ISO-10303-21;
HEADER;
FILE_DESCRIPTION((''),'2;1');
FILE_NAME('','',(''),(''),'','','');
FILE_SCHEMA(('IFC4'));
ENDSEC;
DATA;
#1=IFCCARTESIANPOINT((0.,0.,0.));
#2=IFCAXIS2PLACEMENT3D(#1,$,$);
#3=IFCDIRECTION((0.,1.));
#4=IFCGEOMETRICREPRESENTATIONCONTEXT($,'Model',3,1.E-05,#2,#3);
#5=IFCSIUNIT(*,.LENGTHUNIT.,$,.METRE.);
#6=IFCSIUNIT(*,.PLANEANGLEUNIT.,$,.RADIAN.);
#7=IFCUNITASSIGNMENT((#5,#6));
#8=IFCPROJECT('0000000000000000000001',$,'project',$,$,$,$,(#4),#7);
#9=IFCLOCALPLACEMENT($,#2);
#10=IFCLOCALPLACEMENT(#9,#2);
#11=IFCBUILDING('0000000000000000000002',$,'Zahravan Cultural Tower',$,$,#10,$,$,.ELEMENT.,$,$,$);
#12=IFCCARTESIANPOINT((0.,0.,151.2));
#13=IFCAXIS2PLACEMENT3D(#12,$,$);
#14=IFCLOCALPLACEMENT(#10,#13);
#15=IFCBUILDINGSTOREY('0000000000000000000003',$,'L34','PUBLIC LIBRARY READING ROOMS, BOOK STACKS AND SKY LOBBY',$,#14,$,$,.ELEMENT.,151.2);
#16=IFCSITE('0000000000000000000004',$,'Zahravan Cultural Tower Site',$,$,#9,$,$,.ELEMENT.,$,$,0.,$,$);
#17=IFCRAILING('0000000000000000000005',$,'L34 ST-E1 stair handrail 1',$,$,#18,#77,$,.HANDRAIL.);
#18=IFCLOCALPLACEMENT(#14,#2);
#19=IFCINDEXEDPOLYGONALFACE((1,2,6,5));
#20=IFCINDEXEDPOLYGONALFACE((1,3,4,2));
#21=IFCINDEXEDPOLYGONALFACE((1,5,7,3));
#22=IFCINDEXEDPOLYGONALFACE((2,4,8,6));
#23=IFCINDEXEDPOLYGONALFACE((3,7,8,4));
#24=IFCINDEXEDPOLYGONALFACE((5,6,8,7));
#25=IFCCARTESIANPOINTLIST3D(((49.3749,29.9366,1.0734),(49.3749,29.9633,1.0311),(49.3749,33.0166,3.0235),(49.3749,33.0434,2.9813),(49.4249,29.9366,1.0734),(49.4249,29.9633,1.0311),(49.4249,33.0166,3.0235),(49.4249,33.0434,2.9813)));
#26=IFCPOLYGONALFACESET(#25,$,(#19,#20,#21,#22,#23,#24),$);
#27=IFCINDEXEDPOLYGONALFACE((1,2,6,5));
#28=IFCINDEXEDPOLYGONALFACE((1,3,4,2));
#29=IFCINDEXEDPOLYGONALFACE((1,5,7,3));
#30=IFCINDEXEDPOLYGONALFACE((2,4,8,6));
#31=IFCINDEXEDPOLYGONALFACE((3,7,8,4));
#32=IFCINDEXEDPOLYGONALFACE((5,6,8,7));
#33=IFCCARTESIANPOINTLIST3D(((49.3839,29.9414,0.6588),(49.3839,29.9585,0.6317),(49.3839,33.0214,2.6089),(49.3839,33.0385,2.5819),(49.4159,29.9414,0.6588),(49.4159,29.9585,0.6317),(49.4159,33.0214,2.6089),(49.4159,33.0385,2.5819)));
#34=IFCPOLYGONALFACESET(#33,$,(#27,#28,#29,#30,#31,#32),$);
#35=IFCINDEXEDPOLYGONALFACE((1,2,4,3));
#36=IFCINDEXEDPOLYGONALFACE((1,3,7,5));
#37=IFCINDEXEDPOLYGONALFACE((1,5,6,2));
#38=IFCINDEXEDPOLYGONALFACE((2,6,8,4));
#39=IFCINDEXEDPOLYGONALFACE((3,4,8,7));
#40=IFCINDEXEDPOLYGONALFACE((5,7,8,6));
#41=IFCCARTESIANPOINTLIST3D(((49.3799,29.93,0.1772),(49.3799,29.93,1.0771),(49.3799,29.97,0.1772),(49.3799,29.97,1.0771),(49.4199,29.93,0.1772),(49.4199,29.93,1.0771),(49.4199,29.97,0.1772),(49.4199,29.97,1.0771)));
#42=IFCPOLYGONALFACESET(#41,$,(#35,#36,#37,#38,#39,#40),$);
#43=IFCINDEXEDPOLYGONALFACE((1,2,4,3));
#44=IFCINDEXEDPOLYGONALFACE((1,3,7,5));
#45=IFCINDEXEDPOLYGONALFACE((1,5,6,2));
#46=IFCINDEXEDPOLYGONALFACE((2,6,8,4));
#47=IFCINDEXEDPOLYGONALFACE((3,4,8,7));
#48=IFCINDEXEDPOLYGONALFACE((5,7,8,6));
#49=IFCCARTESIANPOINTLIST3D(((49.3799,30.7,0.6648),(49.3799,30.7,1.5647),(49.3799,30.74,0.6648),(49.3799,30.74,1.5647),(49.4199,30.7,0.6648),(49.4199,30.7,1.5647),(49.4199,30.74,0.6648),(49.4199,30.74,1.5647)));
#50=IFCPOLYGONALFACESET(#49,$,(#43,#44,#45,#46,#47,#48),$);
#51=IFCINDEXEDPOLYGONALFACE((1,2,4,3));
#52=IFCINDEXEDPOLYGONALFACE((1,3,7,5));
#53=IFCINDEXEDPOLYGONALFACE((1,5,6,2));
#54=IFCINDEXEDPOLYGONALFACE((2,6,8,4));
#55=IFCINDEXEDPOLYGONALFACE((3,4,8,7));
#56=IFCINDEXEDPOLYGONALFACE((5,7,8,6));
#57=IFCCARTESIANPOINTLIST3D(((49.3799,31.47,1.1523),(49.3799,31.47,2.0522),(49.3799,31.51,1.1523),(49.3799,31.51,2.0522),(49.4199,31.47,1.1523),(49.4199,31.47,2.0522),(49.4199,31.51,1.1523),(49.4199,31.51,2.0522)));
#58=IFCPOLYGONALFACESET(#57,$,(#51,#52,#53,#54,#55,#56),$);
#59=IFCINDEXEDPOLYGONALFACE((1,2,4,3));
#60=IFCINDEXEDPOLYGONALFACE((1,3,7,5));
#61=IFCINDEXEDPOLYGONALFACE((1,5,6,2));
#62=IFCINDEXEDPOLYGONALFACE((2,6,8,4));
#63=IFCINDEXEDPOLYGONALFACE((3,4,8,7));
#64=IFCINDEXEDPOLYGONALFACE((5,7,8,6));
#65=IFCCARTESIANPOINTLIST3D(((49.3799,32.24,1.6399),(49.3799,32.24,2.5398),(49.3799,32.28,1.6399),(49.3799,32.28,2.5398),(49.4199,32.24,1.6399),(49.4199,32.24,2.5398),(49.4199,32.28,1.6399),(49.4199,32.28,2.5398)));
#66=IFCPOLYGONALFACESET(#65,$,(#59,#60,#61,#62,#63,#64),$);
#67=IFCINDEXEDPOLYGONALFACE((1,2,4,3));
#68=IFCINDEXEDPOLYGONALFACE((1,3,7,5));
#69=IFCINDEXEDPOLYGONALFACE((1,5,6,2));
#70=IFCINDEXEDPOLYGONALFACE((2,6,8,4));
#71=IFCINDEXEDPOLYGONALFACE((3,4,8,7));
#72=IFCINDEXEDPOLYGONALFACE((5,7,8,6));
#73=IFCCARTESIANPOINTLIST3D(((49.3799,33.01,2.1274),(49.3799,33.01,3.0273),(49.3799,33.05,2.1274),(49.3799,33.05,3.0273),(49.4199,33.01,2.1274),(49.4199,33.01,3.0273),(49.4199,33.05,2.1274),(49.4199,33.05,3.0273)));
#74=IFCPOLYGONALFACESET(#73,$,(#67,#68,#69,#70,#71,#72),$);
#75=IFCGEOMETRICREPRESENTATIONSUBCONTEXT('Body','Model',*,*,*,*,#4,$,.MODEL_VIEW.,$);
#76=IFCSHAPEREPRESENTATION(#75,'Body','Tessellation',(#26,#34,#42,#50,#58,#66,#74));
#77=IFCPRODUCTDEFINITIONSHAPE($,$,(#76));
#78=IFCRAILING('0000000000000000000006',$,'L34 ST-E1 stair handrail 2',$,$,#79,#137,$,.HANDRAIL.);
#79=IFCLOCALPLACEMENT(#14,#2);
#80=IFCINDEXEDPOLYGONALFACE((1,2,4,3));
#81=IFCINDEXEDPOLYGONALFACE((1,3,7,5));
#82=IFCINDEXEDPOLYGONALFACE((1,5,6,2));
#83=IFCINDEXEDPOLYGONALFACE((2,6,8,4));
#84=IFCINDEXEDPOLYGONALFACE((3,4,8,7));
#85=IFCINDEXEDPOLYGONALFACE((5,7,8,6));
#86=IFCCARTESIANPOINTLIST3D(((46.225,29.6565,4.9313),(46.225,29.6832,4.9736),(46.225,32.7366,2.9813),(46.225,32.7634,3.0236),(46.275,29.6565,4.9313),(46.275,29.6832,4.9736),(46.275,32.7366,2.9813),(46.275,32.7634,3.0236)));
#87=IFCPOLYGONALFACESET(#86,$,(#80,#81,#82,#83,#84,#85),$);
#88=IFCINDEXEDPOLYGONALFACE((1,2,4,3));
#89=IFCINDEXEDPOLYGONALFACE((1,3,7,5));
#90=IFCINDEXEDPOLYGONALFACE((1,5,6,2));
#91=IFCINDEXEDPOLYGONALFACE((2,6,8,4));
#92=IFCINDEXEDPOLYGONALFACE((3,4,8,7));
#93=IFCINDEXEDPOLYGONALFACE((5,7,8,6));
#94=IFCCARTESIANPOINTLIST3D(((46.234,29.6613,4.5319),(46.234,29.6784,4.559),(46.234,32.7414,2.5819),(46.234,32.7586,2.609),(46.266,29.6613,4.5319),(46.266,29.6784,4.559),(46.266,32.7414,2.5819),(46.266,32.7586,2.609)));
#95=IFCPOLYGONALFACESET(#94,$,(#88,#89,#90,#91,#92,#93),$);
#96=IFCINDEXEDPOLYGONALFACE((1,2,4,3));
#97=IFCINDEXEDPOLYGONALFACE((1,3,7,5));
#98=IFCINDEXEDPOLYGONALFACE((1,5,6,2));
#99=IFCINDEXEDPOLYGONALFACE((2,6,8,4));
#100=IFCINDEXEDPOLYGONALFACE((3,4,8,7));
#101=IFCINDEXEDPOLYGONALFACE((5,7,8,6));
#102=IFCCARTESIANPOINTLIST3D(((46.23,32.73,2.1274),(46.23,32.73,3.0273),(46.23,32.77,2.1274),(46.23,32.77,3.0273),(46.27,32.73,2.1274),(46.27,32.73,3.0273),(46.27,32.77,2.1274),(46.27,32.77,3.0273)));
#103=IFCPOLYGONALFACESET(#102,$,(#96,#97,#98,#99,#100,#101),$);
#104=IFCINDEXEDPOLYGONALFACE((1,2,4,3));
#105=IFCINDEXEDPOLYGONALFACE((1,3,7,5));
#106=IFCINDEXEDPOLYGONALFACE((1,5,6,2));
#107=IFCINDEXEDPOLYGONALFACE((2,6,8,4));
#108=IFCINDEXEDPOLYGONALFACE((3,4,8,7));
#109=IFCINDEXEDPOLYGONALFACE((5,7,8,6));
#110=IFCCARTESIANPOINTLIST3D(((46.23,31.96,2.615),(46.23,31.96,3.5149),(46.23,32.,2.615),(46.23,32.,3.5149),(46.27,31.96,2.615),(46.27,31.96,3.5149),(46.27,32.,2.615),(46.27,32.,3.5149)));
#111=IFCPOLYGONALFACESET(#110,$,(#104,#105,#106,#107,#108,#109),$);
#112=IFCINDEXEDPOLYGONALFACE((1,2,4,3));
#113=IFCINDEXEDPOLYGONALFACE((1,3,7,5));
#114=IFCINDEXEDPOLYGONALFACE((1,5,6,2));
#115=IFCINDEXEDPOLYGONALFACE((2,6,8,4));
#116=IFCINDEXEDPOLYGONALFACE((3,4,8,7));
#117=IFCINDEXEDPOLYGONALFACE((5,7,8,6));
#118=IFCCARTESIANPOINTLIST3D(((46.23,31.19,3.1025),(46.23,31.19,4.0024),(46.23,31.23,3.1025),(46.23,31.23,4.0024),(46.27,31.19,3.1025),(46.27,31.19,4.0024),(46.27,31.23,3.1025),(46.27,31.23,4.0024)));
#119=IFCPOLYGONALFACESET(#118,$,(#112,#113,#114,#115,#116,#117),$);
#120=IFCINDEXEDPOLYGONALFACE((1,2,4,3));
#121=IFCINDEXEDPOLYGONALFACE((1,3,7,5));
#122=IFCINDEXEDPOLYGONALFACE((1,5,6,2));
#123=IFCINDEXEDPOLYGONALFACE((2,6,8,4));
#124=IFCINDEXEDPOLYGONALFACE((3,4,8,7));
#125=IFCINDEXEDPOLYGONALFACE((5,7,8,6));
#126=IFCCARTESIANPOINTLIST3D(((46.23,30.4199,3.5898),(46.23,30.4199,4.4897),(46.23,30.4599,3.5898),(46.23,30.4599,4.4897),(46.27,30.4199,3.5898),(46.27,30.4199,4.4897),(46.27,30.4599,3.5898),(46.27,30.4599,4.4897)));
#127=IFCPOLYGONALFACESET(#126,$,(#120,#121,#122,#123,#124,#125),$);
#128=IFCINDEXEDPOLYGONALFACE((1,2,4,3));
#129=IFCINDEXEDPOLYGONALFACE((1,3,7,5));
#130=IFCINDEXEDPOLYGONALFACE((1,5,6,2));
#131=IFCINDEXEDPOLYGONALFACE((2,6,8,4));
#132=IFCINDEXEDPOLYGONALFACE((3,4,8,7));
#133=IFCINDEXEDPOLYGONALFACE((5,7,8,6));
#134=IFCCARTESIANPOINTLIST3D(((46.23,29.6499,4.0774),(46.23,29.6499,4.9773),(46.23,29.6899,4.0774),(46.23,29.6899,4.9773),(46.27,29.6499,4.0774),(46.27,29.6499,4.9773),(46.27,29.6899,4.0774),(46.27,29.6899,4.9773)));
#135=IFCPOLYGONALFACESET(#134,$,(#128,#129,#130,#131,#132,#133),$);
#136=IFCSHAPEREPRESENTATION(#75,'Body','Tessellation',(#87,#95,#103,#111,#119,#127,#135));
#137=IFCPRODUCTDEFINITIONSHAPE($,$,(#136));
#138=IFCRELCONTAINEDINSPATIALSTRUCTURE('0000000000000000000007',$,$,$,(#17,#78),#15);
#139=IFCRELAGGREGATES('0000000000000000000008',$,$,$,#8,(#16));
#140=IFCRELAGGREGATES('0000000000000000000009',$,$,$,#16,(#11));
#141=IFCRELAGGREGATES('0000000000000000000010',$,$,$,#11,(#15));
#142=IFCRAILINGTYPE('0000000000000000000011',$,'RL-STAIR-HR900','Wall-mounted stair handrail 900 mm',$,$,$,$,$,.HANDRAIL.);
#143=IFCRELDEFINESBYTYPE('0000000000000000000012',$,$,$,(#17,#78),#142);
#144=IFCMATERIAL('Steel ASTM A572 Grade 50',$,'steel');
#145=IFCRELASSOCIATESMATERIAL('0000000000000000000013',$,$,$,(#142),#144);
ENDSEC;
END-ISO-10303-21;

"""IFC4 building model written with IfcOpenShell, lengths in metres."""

from ifc_helpers import new_model, si_unit, direction, frame, origin, origin_2d, place, context, subcontext, project, spatial, rectangle, extrude, material, type_object, element, save


model = new_model("IFC4")

# Units and contexts
model_context = context("Model", 3, precision=1e-05, world=origin(), true_north=direction((0.0, 1.0)))
body_context = subcontext(model_context, "Body", "Model", "MODEL_VIEW")
ifc_project = project(units=[si_unit("LENGTHUNIT", "METRE"), si_unit("PLANEANGLEUNIT", "RADIAN")], contexts=[model_context])

# Site, building, storey
site_placement = place(None, origin())
site = spatial("IfcSite", under=ifc_project, at=site_placement, Name="Zahravan Cultural Tower Site", CompositionType="ELEMENT", RefElevation=0.0)
building_placement = place(site_placement, origin())
building = spatial("IfcBuilding", under=site, at=building_placement, Name="Zahravan Cultural Tower", CompositionType="ELEMENT")
storey_placement = place(building_placement, frame((0.0, 0.0, 151.2)))
storey = spatial("IfcBuildingStorey", under=building, at=storey_placement, Name="L34", Description="PUBLIC LIBRARY READING ROOMS, BOOK STACKS AND SKY LOBBY", CompositionType="ELEMENT", Elevation=151.2)

# Shared definitions
ifc_material_1 = material(Name="Steel ASTM A572 Grade 50", Category="steel")

# Railings
railing_type_1 = type_object("IfcRailingType", Name="RL-STAIR-HR900", Description="Wall-mounted stair handrail 900 mm", PredefinedType="HANDRAIL", material=ifc_material_1)
railing_1_placement = place(storey_placement, frame((49.3999, 29.95, 0.1772)))
element("IfcRailing", 1, at=railing_1_placement, inside=storey, type_object=railing_type_1, Name="L34 ST-E1 stair handrail 1", PredefinedType="HANDRAIL", context=body_context, shape_type="SweptSolid", body=[
    extrude(rectangle(XDim=0.05, YDim=0.05, at=origin_2d()), frame((0.0, 0.0, 0.875), z_axis=(0.0, 0.844884, 0.53495), x_axis=(-1.0, 0.0, 0.0)), (0.0, 0.0, 1.0), 3.6455),
    extrude(rectangle(XDim=0.032, YDim=0.032, at=origin_2d()), frame((0.0, 0.0, 0.468), z_axis=(0.0, 0.844884, 0.53495), x_axis=(-1.0, 0.0, 0.0)), (0.0, 0.0, 1.0), 3.6455),
    extrude(rectangle(XDim=0.04, YDim=0.04, at=origin_2d()), origin(), (0.0, 0.0, 1.0), 0.8999),
    extrude(rectangle(XDim=0.04, YDim=0.04, at=origin_2d()), frame((0.0, 0.77, 0.4875)), (0.0, 0.0, 1.0), 0.8999),
    extrude(rectangle(XDim=0.04, YDim=0.04, at=origin_2d()), frame((0.0, 1.54, 0.9751)), (0.0, 0.0, 1.0), 0.8999),
    extrude(rectangle(XDim=0.04, YDim=0.04, at=origin_2d()), frame((0.0, 2.3101, 1.4626)), (0.0, 0.0, 1.0), 0.8999),
    extrude(rectangle(XDim=0.04, YDim=0.04, at=origin_2d()), frame((0.0, 3.0801, 1.9502)), (0.0, 0.0, 1.0), 0.8999),
])
railing_2_placement = place(storey_placement, frame((46.25, 32.75, 2.1274)))
element("IfcRailing", 2, at=railing_2_placement, inside=storey, type_object=railing_type_1, Name="L34 ST-E1 stair handrail 2", PredefinedType="HANDRAIL", context=body_context, shape_type="SweptSolid", body=[
    extrude(rectangle(XDim=0.05, YDim=0.05, at=origin_2d()), frame((0.0, 0.0, 0.875), z_axis=(0.0, -0.844914, 0.534902), x_axis=(1.0, 0.0, 0.0)), (0.0, 0.0, 1.0), 3.6455),
    extrude(rectangle(XDim=0.032, YDim=0.032, at=origin_2d()), frame((0.0, 0.0, 0.468), z_axis=(0.0, -0.844914, 0.534902), x_axis=(1.0, 0.0, 0.0)), (0.0, 0.0, 1.0), 3.6455),
    extrude(rectangle(XDim=0.04, YDim=0.04, at=origin_2d()), origin(), (0.0, 0.0, 1.0), 0.8999),
    extrude(rectangle(XDim=0.04, YDim=0.04, at=origin_2d()), frame((0.0, -0.77, 0.4875)), (0.0, 0.0, 1.0), 0.8999),
    extrude(rectangle(XDim=0.04, YDim=0.04, at=origin_2d()), frame((0.0, -1.54, 0.9751)), (0.0, 0.0, 1.0), 0.8999),
    extrude(rectangle(XDim=0.04, YDim=0.04, at=origin_2d()), frame((0.0, -2.3101, 1.4624)), (0.0, 0.0, 1.0), 0.8999),
    extrude(rectangle(XDim=0.04, YDim=0.04, at=origin_2d()), frame((0.0, -3.0801, 1.95)), (0.0, 0.0, 1.0), 0.8999),
])

save(model, "model.ifc")
